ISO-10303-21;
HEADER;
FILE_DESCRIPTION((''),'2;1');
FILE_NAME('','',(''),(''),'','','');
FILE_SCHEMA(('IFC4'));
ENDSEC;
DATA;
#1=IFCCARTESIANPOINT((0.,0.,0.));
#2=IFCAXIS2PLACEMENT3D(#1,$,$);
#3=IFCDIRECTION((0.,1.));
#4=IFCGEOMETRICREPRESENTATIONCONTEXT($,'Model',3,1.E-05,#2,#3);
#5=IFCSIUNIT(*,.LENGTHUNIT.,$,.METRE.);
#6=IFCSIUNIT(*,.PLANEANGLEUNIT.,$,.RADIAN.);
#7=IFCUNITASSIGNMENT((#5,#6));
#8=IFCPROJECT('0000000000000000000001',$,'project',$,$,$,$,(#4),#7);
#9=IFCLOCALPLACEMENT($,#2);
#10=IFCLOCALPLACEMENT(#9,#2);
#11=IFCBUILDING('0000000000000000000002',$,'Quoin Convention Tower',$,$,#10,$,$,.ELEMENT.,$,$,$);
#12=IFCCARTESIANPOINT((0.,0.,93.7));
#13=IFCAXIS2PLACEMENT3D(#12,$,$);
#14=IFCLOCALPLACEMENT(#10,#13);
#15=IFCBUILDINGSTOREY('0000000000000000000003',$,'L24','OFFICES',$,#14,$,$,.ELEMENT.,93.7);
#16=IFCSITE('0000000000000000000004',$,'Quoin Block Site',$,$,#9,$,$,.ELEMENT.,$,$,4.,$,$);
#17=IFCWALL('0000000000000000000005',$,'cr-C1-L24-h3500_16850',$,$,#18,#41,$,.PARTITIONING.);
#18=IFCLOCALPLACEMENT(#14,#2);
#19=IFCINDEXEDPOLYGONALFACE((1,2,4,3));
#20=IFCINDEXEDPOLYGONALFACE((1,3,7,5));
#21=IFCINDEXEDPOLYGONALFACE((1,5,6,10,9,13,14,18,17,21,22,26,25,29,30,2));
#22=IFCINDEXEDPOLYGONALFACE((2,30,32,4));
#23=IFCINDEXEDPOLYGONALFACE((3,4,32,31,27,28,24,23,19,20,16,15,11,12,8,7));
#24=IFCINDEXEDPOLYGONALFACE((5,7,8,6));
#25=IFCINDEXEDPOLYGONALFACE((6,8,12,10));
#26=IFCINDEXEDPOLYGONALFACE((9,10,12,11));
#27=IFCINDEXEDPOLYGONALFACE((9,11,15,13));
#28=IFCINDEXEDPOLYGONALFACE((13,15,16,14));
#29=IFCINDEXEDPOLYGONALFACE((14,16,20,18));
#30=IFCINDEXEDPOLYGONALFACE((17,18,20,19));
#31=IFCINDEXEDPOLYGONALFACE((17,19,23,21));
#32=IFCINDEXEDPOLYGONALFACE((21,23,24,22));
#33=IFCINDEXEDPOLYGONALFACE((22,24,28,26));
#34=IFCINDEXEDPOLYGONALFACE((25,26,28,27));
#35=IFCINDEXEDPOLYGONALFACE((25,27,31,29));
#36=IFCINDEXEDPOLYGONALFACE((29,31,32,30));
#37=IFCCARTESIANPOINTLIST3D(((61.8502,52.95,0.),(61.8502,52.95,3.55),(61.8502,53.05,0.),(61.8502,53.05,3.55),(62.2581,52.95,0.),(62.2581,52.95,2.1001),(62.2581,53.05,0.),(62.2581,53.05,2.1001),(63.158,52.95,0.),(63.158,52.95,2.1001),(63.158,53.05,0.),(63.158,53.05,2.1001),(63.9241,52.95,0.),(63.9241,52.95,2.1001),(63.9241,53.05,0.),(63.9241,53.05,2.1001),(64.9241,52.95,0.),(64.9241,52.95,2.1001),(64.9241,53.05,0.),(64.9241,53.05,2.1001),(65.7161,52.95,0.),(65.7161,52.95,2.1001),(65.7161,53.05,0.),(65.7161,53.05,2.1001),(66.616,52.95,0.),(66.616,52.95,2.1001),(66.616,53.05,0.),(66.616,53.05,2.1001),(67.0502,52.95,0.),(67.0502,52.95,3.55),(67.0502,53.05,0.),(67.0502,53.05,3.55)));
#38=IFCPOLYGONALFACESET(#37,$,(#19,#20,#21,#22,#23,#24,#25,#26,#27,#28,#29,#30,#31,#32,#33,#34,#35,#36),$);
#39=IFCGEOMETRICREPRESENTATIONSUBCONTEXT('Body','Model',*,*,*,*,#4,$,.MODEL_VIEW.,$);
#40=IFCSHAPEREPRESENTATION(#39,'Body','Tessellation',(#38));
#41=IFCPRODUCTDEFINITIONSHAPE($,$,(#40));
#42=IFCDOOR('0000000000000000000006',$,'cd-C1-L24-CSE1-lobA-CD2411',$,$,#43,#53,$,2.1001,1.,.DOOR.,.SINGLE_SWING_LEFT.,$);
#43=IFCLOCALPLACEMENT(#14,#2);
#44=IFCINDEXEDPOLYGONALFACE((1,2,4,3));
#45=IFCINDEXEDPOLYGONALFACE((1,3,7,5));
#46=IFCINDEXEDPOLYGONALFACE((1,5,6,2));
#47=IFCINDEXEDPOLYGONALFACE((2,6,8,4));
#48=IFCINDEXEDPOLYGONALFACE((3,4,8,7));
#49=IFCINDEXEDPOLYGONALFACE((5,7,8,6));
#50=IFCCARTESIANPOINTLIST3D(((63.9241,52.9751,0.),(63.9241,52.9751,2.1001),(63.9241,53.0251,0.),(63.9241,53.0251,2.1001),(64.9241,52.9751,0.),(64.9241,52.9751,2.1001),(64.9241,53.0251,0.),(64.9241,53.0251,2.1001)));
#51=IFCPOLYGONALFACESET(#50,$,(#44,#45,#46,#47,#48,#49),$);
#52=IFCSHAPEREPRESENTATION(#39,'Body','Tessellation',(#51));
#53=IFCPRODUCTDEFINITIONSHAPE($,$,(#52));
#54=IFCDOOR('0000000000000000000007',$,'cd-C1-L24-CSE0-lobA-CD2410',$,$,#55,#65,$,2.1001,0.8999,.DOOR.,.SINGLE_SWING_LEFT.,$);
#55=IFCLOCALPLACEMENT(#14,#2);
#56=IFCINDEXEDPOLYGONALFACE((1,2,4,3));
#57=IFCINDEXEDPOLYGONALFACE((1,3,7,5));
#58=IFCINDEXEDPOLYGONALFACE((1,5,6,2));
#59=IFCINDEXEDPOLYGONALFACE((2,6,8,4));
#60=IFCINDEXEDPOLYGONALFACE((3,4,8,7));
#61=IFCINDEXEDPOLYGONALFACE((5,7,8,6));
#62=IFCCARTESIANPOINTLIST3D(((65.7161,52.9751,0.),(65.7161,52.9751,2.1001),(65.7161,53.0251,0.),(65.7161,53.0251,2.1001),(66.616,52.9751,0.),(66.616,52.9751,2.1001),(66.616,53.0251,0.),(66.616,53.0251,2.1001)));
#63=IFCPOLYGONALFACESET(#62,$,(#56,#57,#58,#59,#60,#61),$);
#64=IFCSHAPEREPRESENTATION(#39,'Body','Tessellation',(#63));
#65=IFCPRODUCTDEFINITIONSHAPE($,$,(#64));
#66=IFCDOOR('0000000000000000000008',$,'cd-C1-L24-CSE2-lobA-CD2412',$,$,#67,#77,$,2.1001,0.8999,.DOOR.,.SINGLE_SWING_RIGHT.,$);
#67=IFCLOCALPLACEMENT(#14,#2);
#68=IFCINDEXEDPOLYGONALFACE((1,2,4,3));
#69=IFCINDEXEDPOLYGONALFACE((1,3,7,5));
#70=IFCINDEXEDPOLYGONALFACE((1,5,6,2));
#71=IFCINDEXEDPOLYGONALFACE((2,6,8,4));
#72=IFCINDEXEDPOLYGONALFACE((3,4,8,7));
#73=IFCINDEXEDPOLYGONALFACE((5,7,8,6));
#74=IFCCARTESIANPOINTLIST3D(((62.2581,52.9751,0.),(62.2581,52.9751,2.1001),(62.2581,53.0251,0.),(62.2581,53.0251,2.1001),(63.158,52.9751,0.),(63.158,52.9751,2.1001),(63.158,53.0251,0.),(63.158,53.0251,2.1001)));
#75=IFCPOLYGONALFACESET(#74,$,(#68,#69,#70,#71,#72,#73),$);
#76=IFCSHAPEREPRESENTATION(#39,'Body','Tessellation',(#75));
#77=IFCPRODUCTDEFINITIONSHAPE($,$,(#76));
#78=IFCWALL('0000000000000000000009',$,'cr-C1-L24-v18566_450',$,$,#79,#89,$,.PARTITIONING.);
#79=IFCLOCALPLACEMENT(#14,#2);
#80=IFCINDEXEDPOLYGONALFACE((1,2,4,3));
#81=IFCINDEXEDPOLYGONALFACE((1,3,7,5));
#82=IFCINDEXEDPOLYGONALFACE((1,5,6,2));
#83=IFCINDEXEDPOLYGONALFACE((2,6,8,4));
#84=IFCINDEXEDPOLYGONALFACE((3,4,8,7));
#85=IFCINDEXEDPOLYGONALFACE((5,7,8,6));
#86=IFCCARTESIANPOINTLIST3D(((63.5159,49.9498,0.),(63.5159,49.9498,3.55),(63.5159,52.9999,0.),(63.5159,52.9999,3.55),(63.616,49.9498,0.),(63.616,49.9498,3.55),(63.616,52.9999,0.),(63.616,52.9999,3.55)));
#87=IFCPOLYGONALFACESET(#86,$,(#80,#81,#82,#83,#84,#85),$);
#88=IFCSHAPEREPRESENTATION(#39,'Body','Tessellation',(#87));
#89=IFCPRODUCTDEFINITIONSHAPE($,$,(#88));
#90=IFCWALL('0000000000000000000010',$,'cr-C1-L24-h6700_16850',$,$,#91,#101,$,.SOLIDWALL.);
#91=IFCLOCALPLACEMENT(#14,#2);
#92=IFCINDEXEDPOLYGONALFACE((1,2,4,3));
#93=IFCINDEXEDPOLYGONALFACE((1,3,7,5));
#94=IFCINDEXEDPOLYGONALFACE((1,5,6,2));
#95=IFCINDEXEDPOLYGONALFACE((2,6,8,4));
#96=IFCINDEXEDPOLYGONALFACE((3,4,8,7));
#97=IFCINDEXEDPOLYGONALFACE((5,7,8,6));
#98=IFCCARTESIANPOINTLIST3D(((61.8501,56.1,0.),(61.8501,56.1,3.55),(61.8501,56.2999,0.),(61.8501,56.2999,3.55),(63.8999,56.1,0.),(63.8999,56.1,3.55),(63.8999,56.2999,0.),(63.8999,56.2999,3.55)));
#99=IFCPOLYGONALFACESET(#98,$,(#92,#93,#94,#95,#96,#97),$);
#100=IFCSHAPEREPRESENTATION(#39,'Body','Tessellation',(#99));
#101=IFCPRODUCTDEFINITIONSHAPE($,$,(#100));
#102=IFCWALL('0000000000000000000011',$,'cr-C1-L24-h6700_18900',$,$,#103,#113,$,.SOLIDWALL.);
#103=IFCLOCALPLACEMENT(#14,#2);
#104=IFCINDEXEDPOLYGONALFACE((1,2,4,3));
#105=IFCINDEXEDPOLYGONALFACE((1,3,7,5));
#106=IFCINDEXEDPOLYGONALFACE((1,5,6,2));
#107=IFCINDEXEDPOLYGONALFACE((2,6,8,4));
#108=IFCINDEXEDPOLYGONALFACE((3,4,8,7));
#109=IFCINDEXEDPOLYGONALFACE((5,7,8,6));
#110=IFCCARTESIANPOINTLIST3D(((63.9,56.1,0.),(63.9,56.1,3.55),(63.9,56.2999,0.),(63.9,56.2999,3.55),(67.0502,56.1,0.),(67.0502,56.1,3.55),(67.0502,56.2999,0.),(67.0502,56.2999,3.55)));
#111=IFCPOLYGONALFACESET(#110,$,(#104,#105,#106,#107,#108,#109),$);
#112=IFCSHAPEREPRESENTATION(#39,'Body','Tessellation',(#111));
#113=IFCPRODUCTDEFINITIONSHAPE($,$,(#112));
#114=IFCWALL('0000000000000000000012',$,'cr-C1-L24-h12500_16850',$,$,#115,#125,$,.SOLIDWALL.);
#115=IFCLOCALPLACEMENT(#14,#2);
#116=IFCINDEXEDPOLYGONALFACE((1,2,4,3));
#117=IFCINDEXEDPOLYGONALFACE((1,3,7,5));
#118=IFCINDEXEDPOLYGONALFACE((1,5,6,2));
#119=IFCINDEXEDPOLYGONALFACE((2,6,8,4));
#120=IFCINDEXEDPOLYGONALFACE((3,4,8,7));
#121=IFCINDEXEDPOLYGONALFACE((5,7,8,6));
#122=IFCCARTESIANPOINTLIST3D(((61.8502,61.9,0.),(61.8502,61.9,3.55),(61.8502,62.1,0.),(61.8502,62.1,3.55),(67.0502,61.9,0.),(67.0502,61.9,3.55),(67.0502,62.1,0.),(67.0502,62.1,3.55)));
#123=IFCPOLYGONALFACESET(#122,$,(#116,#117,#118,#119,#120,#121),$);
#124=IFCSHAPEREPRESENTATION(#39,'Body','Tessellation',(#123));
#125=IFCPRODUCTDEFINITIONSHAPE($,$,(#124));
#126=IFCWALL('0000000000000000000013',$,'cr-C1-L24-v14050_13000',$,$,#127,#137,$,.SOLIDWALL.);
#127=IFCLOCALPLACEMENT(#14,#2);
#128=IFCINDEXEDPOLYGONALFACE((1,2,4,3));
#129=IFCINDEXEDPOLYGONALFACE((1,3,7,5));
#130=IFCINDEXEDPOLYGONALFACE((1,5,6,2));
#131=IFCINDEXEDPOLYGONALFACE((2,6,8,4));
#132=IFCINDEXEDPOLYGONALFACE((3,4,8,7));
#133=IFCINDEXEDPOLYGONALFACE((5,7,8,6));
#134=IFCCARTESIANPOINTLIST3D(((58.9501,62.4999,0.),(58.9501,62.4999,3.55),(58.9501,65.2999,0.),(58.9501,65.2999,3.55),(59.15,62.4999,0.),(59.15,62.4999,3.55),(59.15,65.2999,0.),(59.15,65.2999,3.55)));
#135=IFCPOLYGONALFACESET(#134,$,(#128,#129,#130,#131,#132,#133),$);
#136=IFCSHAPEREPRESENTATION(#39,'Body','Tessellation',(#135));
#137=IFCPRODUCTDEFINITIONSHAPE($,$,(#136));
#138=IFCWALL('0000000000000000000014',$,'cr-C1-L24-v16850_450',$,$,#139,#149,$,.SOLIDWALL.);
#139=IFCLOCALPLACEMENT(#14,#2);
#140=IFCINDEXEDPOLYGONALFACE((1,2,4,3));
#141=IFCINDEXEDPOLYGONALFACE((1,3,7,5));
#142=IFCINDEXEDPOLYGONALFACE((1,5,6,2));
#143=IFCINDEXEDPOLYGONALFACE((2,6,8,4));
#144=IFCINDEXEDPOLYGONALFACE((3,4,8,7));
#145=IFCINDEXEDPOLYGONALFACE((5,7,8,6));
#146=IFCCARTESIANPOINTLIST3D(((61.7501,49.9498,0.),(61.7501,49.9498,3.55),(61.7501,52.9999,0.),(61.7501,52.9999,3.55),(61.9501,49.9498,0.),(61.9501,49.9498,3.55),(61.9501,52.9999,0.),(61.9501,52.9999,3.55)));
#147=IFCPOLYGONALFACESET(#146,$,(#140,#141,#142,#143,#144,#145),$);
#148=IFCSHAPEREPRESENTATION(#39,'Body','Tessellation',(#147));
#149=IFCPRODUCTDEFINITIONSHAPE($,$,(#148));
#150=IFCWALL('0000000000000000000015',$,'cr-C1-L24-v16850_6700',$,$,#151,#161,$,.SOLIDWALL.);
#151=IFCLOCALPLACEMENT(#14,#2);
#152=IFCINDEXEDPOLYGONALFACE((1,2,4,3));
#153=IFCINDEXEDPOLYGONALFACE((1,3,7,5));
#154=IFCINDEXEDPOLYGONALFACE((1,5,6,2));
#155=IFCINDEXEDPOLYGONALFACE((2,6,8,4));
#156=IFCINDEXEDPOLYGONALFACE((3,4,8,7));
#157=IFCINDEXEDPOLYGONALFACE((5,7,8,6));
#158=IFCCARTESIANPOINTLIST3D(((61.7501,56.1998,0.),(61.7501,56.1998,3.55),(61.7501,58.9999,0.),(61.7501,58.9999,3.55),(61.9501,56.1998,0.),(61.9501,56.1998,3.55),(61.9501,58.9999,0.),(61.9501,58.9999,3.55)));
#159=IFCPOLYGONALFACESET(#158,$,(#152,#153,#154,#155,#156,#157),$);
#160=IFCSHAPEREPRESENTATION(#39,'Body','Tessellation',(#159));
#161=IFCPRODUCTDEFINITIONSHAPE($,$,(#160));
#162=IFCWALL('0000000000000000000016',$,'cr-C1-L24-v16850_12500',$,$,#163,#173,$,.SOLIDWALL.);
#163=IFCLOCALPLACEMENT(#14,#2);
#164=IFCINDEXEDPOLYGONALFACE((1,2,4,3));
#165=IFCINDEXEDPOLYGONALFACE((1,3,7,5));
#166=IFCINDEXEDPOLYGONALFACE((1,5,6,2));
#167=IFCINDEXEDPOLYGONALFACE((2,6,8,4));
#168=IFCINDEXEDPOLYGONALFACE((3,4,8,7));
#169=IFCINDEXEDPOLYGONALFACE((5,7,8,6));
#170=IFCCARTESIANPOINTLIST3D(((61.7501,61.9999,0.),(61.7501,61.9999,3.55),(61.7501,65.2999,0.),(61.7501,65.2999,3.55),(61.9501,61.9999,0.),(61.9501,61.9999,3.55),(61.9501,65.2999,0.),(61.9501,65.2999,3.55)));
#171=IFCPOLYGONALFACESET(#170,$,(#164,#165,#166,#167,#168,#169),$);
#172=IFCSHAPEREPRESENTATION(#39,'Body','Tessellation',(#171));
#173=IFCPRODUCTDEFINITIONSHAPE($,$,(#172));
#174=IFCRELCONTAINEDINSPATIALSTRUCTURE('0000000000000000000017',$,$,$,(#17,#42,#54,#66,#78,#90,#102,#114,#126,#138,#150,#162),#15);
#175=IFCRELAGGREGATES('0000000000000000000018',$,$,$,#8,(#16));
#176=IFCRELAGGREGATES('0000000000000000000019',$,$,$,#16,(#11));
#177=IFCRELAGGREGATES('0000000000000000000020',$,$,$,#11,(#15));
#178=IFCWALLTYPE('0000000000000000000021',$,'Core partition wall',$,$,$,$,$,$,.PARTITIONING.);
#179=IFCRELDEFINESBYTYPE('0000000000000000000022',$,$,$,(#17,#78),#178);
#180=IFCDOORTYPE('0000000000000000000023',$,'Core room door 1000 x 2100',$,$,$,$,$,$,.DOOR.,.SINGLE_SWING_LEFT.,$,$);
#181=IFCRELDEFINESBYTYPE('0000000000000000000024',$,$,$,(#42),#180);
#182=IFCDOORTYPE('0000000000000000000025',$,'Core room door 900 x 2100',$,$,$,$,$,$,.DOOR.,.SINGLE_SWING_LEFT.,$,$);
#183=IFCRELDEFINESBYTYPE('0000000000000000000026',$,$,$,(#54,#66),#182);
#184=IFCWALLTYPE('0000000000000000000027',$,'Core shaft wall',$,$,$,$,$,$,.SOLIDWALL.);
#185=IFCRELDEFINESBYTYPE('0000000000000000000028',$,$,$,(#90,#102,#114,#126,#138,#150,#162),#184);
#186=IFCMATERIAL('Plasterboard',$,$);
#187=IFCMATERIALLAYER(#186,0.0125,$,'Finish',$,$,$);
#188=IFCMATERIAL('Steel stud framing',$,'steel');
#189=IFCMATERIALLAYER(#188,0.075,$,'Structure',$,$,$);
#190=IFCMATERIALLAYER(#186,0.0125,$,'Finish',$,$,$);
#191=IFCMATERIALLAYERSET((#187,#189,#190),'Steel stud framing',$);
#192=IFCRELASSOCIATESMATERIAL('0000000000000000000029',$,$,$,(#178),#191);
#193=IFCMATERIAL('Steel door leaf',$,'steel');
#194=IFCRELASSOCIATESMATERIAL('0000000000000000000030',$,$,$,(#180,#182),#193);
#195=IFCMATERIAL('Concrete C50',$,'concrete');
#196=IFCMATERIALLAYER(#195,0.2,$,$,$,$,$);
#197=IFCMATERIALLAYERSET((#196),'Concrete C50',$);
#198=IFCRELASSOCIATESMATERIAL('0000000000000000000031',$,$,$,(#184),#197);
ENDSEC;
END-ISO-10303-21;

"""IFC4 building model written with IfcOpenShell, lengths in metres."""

from ifc_helpers import new_model, si_unit, direction, frame, frame_2d, origin, place, context, subcontext, project, spatial, rectangle, extrude, material, layer, layer_set, type_object, element, fill, save


model = new_model("IFC4")

# Units and contexts
model_context = context("Model", 3, precision=1e-05, world=origin(), true_north=direction((0.0, 1.0)))
body_context = subcontext(model_context, "Body", "Model", "MODEL_VIEW")
ifc_project = project(units=[si_unit("LENGTHUNIT", "METRE"), si_unit("PLANEANGLEUNIT", "RADIAN")], contexts=[model_context])

# Site, building, storey
site_placement = place(None, origin())
site = spatial("IfcSite", under=ifc_project, at=site_placement, Name="Quoin Block Site", CompositionType="ELEMENT", RefElevation=4.0)
building_placement = place(site_placement, origin())
building = spatial("IfcBuilding", under=site, at=building_placement, Name="Quoin Convention Tower", CompositionType="ELEMENT")
storey_placement = place(building_placement, frame((0.0, 0.0, 93.7)))
storey = spatial("IfcBuildingStorey", under=building, at=storey_placement, Name="L24", Description="OFFICES", CompositionType="ELEMENT", Elevation=93.7)

# Wall, openings, doors
ifc_material_1 = material(Name="Plasterboard")
ifc_layer_1 = layer(ifc_material_1, 0.0125, Name="Finish")
ifc_material_2 = material(Name="Steel stud framing", Category="steel")
ifc_layer_2 = layer(ifc_material_2, 0.075, Name="Structure")
ifc_layer_3 = layer(ifc_material_1, 0.0125, Name="Finish")
ifc_layer_set_1 = layer_set([ifc_layer_1, ifc_layer_2, ifc_layer_3], Name="Steel stud framing")
wall_type_1 = type_object("IfcWallType", Name="Core partition wall", PredefinedType="PARTITIONING", material=ifc_layer_set_1)
wall_1_placement = place(storey_placement, frame((61.8501, 53.0, 0.0), z_axis=(0.0, 0.0, 1.0), x_axis=(1.0, 0.0, 0.0)))
wall_1 = element("IfcWall", 1, at=wall_1_placement, inside=storey, type_object=wall_type_1, Name="cr-C1-L24-h3500_16850", PredefinedType="PARTITIONING", context=body_context, shape_type="SweptSolid", body=[
    extrude(rectangle(XDim=5.2, YDim=0.1001, at=frame_2d((2.6001, 0.0))), origin(), (0.0, 0.0, 1.0), 3.55),
])
opening_1_placement = place(wall_1_placement, frame((3.866, 0.0, 0.0)))
opening_1 = element("IfcOpeningElement", 2, at=opening_1_placement, cuts=wall_1, PredefinedType="OPENING", context=body_context, shape_type="SweptSolid", body=[
    extrude(rectangle(XDim=0.8999, YDim=2.1001, at=frame_2d((0.45, 1.05))), frame((0.0, 0.0601, 0.0), z_axis=(0.0, -1.0, 0.0), x_axis=(1.0, 0.0, 0.0)), (0.0, 0.0, 1.0), 0.1201),
])
opening_2_placement = place(wall_1_placement, frame((2.074, 0.0, 0.0)))
opening_2 = element("IfcOpeningElement", 3, at=opening_2_placement, cuts=wall_1, PredefinedType="OPENING", context=body_context, shape_type="SweptSolid", body=[
    extrude(rectangle(XDim=1.0, YDim=2.1001, at=frame_2d((0.5, 1.05))), frame((0.0, 0.0601, 0.0), z_axis=(0.0, -1.0, 0.0), x_axis=(1.0, 0.0, 0.0)), (0.0, 0.0, 1.0), 0.1201),
])
opening_3_placement = place(wall_1_placement, frame((0.408, 0.0, 0.0)))
opening_3 = element("IfcOpeningElement", 4, at=opening_3_placement, cuts=wall_1, PredefinedType="OPENING", context=body_context, shape_type="SweptSolid", body=[
    extrude(rectangle(XDim=0.8999, YDim=2.1001, at=frame_2d((0.45, 1.05))), frame((0.0, 0.0601, 0.0), z_axis=(0.0, -1.0, 0.0), x_axis=(1.0, 0.0, 0.0)), (0.0, 0.0, 1.0), 0.1201),
])
ifc_material_3 = material(Name="Steel door leaf", Category="steel")
door_type_1 = type_object("IfcDoorType", Name="Core room door 1000 x 2100", OperationType="SINGLE_SWING_LEFT", PredefinedType="DOOR", material=ifc_material_3)
door_1_placement = place(opening_2_placement, frame((1.0, 0.0, 0.0), z_axis=(0.0, 0.0, 1.0), x_axis=(-1.0, 0.0, 0.0)))
door_1 = element("IfcDoor", 5, at=door_1_placement, inside=storey, type_object=door_type_1, Name="cd-C1-L24-CSE1-lobA-CD2411", OperationType="SINGLE_SWING_LEFT", OverallHeight=2.1001, OverallWidth=1.0, PredefinedType="DOOR", context=body_context, shape_type="SweptSolid", body=[
    extrude(rectangle(XDim=1.0, YDim=2.1001, at=frame_2d((0.5, 1.05))), frame((0.0, 0.0249, 0.0), z_axis=(0.0, -1.0, 0.0), x_axis=(1.0, 0.0, 0.0)), (0.0, 0.0, 1.0), 0.05),
])
fill(opening_2, door_1)
door_type_2 = type_object("IfcDoorType", Name="Core room door 900 x 2100", OperationType="SINGLE_SWING_LEFT", PredefinedType="DOOR", material=ifc_material_3)
door_2_placement = place(opening_1_placement, frame((0.8999, 0.0, 0.0), z_axis=(0.0, 0.0, 1.0), x_axis=(-1.0, 0.0, 0.0)))
door_2 = element("IfcDoor", 6, at=door_2_placement, inside=storey, type_object=door_type_2, Name="cd-C1-L24-CSE0-lobA-CD2410", OperationType="SINGLE_SWING_LEFT", OverallHeight=2.1001, OverallWidth=0.8999, PredefinedType="DOOR", context=body_context, shape_type="SweptSolid", body=[
    extrude(rectangle(XDim=0.8999, YDim=2.1001, at=frame_2d((0.45, 1.05))), frame((0.0, 0.0249, 0.0), z_axis=(0.0, -1.0, 0.0), x_axis=(1.0, 0.0, 0.0)), (0.0, 0.0, 1.0), 0.05),
])
fill(opening_1, door_2)
door_3_placement = place(opening_3_placement, frame((0.8999, 0.0, 0.0), z_axis=(0.0, 0.0, 1.0), x_axis=(-1.0, 0.0, 0.0)))
door_3 = element("IfcDoor", 7, at=door_3_placement, inside=storey, type_object=door_type_2, Name="cd-C1-L24-CSE2-lobA-CD2412", OperationType="SINGLE_SWING_RIGHT", OverallHeight=2.1001, OverallWidth=0.8999, PredefinedType="DOOR", context=body_context, shape_type="SweptSolid", body=[
    extrude(rectangle(XDim=0.8999, YDim=2.1001, at=frame_2d((0.45, 1.05))), frame((0.0, 0.0249, 0.0), z_axis=(0.0, -1.0, 0.0), x_axis=(1.0, 0.0, 0.0)), (0.0, 0.0, 1.0), 0.05),
])
fill(opening_3, door_3)

# Walls
wall_2_placement = place(storey_placement, frame((63.5659, 49.95, 0.0), z_axis=(0.0, 0.0, 1.0), x_axis=(0.0, 1.0, 0.0)))
element("IfcWall", 8, at=wall_2_placement, inside=storey, type_object=wall_type_1, Name="cr-C1-L24-v18566_450", PredefinedType="PARTITIONING", context=body_context, shape_type="SweptSolid", body=[
    extrude(rectangle(XDim=3.05, YDim=0.1001, at=frame_2d((1.5249, 0.0))), origin(), (0.0, 0.0, 1.0), 3.55),
])
ifc_material_4 = material(Name="Concrete C50", Category="concrete")
ifc_layer_4 = layer(ifc_material_4, 0.2)
ifc_layer_set_2 = layer_set([ifc_layer_4], Name="Concrete C50")
wall_type_2 = type_object("IfcWallType", Name="Core shaft wall", PredefinedType="SOLIDWALL", material=ifc_layer_set_2)
wall_3_placement = place(storey_placement, frame((61.8501, 56.2, 0.0), z_axis=(0.0, 0.0, 1.0), x_axis=(1.0, 0.0, 0.0)))
element("IfcWall", 9, at=wall_3_placement, inside=storey, type_object=wall_type_2, Name="cr-C1-L24-h6700_16850", PredefinedType="SOLIDWALL", context=body_context, shape_type="SweptSolid", body=[
    extrude(rectangle(XDim=2.0498, YDim=0.2, at=frame_2d((1.0249, 0.0))), origin(), (0.0, 0.0, 1.0), 3.55),
])
wall_4_placement = place(storey_placement, frame((63.8999, 56.2, 0.0), z_axis=(0.0, 0.0, 1.0), x_axis=(1.0, 0.0, 0.0)))
element("IfcWall", 10, at=wall_4_placement, inside=storey, type_object=wall_type_2, Name="cr-C1-L24-h6700_18900", PredefinedType="SOLIDWALL", context=body_context, shape_type="SweptSolid", body=[
    extrude(rectangle(XDim=3.1501, YDim=0.2, at=frame_2d((1.5752, 0.0))), origin(), (0.0, 0.0, 1.0), 3.55),
])
wall_5_placement = place(storey_placement, frame((61.8501, 62.0, 0.0), z_axis=(0.0, 0.0, 1.0), x_axis=(1.0, 0.0, 0.0)))
element("IfcWall", 11, at=wall_5_placement, inside=storey, type_object=wall_type_2, Name="cr-C1-L24-h12500_16850", PredefinedType="SOLIDWALL", context=body_context, shape_type="SweptSolid", body=[
    extrude(rectangle(XDim=5.2, YDim=0.2, at=frame_2d((2.6001, 0.0))), origin(), (0.0, 0.0, 1.0), 3.55),
])
wall_6_placement = place(storey_placement, frame((59.05, 62.5, 0.0), z_axis=(0.0, 0.0, 1.0), x_axis=(0.0, 1.0, 0.0)))
element("IfcWall", 12, at=wall_6_placement, inside=storey, type_object=wall_type_2, Name="cr-C1-L24-v14050_13000", PredefinedType="SOLIDWALL", context=body_context, shape_type="SweptSolid", body=[
    extrude(rectangle(XDim=2.8, YDim=0.2, at=frame_2d((1.3999, 0.0))), origin(), (0.0, 0.0, 1.0), 3.55),
])
wall_7_placement = place(storey_placement, frame((61.8501, 49.95, 0.0), z_axis=(0.0, 0.0, 1.0), x_axis=(0.0, 1.0, 0.0)))
element("IfcWall", 13, at=wall_7_placement, inside=storey, type_object=wall_type_2, Name="cr-C1-L24-v16850_450", PredefinedType="SOLIDWALL", context=body_context, shape_type="SweptSolid", body=[
    extrude(rectangle(XDim=3.05, YDim=0.2, at=frame_2d((1.5249, 0.0))), origin(), (0.0, 0.0, 1.0), 3.55),
])
wall_8_placement = place(storey_placement, frame((61.8501, 56.2, 0.0), z_axis=(0.0, 0.0, 1.0), x_axis=(0.0, 1.0, 0.0)))
element("IfcWall", 14, at=wall_8_placement, inside=storey, type_object=wall_type_2, Name="cr-C1-L24-v16850_6700", PredefinedType="SOLIDWALL", context=body_context, shape_type="SweptSolid", body=[
    extrude(rectangle(XDim=2.8, YDim=0.2, at=frame_2d((1.3999, 0.0))), origin(), (0.0, 0.0, 1.0), 3.55),
])
wall_9_placement = place(storey_placement, frame((61.8501, 62.0, 0.0), z_axis=(0.0, 0.0, 1.0), x_axis=(0.0, 1.0, 0.0)))
element("IfcWall", 15, at=wall_9_placement, inside=storey, type_object=wall_type_2, Name="cr-C1-L24-v16850_12500", PredefinedType="SOLIDWALL", context=body_context, shape_type="SweptSolid", body=[
    extrude(rectangle(XDim=3.3, YDim=0.2, at=frame_2d((1.6499, 0.0))), origin(), (0.0, 0.0, 1.0), 3.55),
])

save(model, "model.ifc")
